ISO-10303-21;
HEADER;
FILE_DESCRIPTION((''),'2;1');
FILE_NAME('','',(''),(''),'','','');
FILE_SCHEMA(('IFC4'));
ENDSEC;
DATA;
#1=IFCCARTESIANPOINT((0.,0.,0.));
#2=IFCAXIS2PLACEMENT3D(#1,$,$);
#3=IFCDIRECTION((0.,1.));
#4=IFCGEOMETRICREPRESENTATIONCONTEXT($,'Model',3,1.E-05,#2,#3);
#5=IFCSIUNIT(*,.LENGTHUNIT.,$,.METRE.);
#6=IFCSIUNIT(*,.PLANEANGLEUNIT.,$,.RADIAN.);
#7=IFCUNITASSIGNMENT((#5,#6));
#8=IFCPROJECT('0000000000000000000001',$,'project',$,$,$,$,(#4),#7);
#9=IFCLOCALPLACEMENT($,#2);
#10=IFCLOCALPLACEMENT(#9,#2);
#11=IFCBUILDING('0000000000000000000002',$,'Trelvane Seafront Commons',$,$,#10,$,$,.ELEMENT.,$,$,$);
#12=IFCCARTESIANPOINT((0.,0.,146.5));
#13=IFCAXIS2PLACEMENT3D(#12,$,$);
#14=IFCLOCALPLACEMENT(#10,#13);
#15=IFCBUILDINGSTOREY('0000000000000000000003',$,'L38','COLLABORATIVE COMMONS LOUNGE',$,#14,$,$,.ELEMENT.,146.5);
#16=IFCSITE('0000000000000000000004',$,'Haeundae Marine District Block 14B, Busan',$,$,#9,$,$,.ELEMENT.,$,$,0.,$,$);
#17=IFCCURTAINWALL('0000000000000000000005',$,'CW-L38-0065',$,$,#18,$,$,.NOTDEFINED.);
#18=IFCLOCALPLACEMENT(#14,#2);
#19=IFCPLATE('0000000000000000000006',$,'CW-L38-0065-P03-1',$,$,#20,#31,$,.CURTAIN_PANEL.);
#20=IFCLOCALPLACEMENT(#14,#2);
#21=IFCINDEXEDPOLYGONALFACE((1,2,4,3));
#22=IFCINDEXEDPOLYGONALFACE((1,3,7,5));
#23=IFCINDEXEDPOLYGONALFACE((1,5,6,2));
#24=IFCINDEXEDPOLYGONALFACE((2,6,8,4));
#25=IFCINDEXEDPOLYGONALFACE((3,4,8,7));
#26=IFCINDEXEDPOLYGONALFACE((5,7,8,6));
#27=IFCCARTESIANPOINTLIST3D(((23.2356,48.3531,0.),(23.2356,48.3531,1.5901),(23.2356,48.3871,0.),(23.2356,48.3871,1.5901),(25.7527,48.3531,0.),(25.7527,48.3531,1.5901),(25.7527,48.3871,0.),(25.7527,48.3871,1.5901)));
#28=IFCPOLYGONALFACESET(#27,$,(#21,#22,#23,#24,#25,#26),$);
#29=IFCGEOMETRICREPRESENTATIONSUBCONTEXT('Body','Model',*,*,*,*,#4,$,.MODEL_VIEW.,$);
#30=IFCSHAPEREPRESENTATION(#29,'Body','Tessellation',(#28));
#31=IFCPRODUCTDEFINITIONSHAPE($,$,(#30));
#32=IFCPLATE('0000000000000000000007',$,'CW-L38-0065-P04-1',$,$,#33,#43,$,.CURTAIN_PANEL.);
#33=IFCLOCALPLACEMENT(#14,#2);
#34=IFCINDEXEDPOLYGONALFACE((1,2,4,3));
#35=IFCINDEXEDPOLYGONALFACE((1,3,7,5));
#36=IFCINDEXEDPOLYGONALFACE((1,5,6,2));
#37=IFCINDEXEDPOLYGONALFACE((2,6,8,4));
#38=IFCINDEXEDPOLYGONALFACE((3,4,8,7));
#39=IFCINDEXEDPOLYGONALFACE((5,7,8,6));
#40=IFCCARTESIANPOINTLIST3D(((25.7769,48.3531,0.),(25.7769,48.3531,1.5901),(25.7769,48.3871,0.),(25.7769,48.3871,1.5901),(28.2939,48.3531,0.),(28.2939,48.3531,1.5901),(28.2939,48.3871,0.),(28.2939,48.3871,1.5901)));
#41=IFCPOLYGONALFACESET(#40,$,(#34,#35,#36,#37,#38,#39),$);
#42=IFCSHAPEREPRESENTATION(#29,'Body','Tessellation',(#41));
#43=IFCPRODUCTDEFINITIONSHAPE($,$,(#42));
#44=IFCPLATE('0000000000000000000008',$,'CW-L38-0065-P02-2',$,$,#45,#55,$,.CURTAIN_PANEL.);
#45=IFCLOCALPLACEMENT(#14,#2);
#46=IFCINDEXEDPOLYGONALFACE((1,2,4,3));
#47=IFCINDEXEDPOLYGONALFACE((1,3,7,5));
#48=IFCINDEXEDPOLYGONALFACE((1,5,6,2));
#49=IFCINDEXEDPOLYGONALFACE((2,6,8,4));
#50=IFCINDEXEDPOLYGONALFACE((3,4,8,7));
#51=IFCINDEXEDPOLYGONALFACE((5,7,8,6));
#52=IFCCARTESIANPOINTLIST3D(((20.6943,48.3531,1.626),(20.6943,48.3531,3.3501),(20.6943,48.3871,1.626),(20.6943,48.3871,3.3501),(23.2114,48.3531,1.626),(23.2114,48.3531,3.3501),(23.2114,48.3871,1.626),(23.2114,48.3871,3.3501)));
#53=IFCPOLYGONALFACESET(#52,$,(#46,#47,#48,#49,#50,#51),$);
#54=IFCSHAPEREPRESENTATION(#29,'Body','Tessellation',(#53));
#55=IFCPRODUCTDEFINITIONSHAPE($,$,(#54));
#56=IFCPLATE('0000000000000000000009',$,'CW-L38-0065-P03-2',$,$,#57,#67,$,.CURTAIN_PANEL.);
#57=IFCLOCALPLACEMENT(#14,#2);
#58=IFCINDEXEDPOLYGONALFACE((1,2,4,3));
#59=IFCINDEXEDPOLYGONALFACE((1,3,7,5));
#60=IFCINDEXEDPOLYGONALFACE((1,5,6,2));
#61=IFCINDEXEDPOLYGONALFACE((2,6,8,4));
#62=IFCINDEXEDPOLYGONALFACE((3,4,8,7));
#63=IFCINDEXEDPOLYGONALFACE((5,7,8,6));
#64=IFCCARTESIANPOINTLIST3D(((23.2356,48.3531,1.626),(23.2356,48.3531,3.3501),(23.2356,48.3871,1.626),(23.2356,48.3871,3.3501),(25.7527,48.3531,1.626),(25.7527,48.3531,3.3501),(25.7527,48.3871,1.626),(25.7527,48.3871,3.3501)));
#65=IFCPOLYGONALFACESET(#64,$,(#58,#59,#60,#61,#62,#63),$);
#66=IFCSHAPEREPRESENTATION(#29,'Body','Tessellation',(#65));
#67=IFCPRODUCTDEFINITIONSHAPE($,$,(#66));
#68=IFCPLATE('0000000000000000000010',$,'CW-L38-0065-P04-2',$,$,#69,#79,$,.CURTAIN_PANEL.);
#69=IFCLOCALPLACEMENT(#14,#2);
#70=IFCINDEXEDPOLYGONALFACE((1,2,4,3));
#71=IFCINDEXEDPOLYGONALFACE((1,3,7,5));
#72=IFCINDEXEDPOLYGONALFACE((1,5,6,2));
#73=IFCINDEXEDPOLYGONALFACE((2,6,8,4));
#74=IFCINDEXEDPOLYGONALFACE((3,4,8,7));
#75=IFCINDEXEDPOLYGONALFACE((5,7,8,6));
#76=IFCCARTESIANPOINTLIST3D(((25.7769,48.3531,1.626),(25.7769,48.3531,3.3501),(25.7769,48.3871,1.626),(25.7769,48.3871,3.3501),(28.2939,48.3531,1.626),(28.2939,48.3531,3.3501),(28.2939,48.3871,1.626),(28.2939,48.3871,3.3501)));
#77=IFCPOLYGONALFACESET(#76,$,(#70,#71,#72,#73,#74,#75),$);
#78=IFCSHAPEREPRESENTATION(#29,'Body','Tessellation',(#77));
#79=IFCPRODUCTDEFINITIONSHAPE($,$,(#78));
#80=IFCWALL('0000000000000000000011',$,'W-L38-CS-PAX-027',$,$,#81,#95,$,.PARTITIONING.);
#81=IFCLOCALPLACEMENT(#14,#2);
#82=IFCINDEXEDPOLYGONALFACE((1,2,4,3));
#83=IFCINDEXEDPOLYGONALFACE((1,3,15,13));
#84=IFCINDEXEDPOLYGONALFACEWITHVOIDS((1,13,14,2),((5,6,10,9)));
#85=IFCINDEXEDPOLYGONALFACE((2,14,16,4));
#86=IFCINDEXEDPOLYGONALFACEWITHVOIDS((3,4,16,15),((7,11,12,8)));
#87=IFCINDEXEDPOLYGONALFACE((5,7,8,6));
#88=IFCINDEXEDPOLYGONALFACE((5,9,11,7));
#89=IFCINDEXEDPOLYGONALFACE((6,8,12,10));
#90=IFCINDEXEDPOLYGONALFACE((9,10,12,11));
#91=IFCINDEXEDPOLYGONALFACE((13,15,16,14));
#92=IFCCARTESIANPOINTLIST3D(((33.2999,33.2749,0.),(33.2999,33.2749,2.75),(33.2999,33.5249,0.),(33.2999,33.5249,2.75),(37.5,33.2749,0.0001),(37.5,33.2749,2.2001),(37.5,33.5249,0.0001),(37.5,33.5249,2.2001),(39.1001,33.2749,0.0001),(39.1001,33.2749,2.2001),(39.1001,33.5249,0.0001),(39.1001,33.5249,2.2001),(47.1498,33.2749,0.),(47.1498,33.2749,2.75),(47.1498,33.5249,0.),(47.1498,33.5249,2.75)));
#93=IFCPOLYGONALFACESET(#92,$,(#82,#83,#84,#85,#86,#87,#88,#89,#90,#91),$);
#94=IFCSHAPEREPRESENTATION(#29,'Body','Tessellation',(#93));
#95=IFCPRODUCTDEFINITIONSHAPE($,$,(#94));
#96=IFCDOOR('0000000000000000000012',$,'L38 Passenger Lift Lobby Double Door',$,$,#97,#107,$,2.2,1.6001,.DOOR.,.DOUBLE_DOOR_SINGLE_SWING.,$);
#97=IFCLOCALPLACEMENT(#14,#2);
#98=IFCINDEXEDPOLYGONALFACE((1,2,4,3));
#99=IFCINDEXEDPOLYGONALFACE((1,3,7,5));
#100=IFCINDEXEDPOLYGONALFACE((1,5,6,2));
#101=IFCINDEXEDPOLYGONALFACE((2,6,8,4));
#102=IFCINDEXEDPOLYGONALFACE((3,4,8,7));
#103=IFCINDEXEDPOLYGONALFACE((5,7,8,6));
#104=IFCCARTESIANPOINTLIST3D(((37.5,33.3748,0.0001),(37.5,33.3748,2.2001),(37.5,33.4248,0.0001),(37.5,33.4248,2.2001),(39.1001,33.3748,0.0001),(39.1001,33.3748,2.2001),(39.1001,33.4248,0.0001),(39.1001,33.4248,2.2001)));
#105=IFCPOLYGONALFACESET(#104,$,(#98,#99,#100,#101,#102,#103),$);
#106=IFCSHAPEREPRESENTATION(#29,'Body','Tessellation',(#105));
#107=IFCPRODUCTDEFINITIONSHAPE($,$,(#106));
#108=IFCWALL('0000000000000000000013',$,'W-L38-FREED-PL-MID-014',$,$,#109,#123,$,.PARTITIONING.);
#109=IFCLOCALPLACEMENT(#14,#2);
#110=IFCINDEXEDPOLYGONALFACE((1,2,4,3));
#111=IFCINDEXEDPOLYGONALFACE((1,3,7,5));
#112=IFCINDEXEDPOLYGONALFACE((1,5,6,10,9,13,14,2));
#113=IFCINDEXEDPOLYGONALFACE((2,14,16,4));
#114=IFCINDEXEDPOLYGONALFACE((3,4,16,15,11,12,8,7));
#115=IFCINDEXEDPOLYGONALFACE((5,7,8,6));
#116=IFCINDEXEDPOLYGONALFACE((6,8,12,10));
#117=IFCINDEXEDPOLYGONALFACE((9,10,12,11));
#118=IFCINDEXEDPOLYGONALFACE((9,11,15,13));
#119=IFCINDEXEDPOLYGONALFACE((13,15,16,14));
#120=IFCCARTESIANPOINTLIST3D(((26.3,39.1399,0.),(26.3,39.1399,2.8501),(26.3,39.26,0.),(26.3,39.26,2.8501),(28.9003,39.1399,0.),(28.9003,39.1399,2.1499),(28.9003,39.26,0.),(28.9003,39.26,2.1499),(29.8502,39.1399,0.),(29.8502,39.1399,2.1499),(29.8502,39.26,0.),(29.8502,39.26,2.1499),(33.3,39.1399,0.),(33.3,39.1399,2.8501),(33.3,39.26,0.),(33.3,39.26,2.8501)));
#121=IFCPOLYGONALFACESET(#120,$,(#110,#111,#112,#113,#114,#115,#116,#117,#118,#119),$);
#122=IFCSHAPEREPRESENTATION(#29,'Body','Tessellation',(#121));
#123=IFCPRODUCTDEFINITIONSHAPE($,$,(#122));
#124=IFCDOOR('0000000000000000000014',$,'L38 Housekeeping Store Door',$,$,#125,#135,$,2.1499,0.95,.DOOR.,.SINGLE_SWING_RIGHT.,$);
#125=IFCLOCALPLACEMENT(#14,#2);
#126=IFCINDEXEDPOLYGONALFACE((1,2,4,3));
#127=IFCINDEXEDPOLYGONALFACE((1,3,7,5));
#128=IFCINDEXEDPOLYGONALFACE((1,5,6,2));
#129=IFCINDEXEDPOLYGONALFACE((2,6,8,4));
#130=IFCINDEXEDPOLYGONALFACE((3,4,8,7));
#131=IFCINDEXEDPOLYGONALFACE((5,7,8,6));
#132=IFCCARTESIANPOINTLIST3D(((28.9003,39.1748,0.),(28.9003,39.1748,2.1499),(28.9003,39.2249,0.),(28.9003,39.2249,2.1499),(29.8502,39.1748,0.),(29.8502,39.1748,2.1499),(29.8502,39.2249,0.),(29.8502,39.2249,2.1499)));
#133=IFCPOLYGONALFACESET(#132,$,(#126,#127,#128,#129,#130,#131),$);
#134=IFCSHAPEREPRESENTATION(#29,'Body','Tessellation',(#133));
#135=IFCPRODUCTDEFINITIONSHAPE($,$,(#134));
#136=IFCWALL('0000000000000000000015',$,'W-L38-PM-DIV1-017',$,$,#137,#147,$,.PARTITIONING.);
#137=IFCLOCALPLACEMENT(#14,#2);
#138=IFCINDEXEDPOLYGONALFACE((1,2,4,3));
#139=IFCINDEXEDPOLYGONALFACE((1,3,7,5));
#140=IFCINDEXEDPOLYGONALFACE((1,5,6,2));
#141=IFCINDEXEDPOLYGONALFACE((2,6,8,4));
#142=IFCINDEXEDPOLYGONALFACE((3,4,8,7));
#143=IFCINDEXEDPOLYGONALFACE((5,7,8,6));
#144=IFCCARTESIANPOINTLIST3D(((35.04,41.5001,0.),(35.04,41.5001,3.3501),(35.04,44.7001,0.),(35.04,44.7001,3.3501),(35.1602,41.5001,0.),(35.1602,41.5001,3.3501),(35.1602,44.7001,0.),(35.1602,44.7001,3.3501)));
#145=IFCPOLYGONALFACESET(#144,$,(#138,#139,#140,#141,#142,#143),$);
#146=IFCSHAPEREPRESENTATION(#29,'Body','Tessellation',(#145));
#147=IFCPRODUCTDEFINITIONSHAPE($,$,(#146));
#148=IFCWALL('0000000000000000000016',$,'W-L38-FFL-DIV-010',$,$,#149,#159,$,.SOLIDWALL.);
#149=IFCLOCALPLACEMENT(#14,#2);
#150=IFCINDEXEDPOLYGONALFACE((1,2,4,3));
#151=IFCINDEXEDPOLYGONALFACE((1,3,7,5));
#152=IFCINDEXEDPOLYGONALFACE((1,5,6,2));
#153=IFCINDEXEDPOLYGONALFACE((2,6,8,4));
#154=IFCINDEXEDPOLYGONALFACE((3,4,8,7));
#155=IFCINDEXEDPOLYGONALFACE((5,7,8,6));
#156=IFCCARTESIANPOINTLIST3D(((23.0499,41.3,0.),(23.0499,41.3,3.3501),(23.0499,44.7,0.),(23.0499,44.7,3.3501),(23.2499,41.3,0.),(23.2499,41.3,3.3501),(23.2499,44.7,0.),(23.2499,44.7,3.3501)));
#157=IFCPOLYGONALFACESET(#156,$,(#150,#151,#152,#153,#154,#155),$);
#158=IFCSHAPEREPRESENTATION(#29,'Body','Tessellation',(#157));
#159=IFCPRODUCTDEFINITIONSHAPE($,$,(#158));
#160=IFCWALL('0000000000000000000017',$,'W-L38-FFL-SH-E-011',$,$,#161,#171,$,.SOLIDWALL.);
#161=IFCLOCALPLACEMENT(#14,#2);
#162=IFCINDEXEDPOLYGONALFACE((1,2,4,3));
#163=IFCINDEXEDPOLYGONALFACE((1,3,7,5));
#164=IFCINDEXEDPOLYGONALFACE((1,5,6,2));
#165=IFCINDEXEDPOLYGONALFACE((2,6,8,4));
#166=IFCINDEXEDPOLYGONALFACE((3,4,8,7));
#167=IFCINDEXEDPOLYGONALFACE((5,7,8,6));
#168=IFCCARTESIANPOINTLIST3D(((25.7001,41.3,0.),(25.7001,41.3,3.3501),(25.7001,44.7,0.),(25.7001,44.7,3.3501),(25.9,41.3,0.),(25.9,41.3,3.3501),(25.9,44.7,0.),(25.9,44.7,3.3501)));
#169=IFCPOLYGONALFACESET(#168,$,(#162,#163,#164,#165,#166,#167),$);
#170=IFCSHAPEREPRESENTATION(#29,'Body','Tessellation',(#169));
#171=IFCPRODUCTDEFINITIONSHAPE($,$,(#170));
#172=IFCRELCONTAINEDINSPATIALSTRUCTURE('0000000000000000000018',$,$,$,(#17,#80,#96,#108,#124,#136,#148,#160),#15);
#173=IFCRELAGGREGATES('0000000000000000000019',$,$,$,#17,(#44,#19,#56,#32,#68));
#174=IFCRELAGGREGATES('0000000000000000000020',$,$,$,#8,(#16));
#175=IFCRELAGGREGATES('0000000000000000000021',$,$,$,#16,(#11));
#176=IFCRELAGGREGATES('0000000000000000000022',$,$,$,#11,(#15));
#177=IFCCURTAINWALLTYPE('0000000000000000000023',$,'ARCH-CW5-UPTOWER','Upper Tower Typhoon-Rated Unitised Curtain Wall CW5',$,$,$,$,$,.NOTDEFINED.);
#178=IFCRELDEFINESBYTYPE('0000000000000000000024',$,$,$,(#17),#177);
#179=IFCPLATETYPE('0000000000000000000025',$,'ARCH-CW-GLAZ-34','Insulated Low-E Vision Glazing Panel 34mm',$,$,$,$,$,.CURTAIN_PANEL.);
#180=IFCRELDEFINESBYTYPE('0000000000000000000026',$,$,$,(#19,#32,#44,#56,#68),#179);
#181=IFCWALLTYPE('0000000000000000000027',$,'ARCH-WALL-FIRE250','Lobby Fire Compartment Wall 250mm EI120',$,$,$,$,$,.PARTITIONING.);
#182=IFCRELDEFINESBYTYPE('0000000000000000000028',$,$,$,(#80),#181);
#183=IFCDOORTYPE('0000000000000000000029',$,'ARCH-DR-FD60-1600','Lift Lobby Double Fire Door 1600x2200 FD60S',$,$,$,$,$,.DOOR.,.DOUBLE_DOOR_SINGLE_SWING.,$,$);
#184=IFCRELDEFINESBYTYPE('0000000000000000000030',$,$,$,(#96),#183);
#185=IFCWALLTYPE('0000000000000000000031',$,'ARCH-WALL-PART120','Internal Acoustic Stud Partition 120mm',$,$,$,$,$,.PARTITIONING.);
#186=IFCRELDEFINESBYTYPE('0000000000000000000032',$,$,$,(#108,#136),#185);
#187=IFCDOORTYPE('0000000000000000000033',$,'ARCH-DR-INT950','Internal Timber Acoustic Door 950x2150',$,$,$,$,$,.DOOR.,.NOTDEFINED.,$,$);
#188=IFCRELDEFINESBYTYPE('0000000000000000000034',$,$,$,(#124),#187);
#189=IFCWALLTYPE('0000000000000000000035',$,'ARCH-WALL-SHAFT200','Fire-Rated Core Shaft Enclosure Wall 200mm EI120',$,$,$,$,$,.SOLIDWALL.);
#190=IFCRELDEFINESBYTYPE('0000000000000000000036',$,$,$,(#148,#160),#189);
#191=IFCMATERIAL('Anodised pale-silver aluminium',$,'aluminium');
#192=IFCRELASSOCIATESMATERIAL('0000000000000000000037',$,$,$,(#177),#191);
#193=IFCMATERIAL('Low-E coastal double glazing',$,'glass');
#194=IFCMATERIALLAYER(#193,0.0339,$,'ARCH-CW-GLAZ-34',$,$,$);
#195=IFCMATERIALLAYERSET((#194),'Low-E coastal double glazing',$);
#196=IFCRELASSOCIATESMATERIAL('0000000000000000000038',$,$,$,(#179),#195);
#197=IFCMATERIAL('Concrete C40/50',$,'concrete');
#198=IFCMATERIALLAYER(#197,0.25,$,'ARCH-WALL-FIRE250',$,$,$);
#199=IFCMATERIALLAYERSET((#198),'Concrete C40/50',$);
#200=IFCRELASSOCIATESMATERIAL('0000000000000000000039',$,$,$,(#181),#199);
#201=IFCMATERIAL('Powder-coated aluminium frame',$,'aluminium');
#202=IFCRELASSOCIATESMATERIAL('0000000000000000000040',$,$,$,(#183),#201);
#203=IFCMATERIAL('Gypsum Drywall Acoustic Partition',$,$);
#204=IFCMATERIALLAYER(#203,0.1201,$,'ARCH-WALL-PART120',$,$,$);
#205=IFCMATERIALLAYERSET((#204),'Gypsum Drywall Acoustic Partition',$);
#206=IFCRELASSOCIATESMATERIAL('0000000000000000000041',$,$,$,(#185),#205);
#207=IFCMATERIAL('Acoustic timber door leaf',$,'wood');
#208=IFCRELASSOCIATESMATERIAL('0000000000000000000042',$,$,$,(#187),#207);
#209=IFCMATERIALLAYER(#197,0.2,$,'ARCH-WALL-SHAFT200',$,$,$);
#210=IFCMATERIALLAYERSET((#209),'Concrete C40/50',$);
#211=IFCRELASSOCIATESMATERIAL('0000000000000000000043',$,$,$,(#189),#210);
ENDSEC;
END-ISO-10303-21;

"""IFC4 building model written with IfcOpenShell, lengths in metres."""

from ifc_helpers import new_model, si_unit, direction, frame, frame_2d, origin, origin_2d, place, context, subcontext, project, spatial, rectangle, extrude, source, transform, mapped, material, layer, layer_set, type_object, element, fill, aggregate, save


model = new_model("IFC4")

# Units and contexts
model_context = context("Model", 3, precision=1e-05, world=origin(), true_north=direction((0.0, 1.0)))
body_context = subcontext(model_context, "Body", "Model", "MODEL_VIEW")
ifc_project = project(units=[si_unit("LENGTHUNIT", "METRE"), si_unit("PLANEANGLEUNIT", "RADIAN")], contexts=[model_context])

# Site, building, storey
site_placement = place(None, origin())
site = spatial("IfcSite", under=ifc_project, at=site_placement, Name="Haeundae Marine District Block 14B, Busan", CompositionType="ELEMENT", RefElevation=0.0)
building_placement = place(site_placement, origin())
building = spatial("IfcBuilding", under=site, at=building_placement, Name="Trelvane Seafront Commons", CompositionType="ELEMENT")
storey_placement = place(building_placement, frame((0.0, 0.0, 146.5)))
storey = spatial("IfcBuildingStorey", under=building, at=storey_placement, Name="L38", Description="COLLABORATIVE COMMONS LOUNGE", CompositionType="ELEMENT", Elevation=146.5)

# Curtain wall, plates
ifc_material_1 = material(Name="Anodised pale-silver aluminium", Category="aluminium")
curtain_wall_type = type_object("IfcCurtainWallType", Name="ARCH-CW5-UPTOWER", Description="Upper Tower Typhoon-Rated Unitised Curtain Wall CW5", PredefinedType="NOTDEFINED", material=ifc_material_1)
curtain_wall_placement = place(storey_placement, origin())
curtain_wall = element("IfcCurtainWall", 1, at=curtain_wall_placement, inside=storey, type_object=curtain_wall_type, Name="CW-L38-0065", PredefinedType="NOTDEFINED")
ifc_material_2 = material(Name="Low-E coastal double glazing", Category="glass")
ifc_layer_1 = layer(ifc_material_2, 0.0339, Name="ARCH-CW-GLAZ-34")
ifc_layer_set_1 = layer_set([ifc_layer_1], Name="Low-E coastal double glazing")
plate_type = type_object("IfcPlateType", Name="ARCH-CW-GLAZ-34", Description="Insulated Low-E Vision Glazing Panel 34mm", PredefinedType="CURTAIN_PANEL", material=ifc_layer_set_1)
shared_shape_1 = source(origin(), body_context, "Body", "SweptSolid", [
    extrude(rectangle(XDim=2.5171, YDim=0.0339, at=origin_2d()), origin(), (0.0, 0.0, 1.0), 1.5901),
])
plate_1_placement = place(storey_placement, frame((24.4941, 48.3701, 0.0), z_axis=(0.0, 0.0, 1.0), x_axis=(1.0, 0.0, 0.0)))
plate_1 = element("IfcPlate", 2, at=plate_1_placement, type_object=plate_type, Name="CW-L38-0065-P03-1", PredefinedType="CURTAIN_PANEL", context=body_context, shape_type="MappedRepresentation", body=[
    mapped(shared_shape_1, transform((0.0, 0.0, 0.0), x_axis=(1.0, 0.0, 0.0), y_axis=(0.0, 1.0, 0.0), z_axis=(0.0, 0.0, 1.0), scale=1.0)),
])
plate_2_placement = place(storey_placement, frame((27.0354, 48.3701, 0.0), z_axis=(0.0, 0.0, 1.0), x_axis=(1.0, 0.0, 0.0)))
plate_2 = element("IfcPlate", 3, at=plate_2_placement, type_object=plate_type, Name="CW-L38-0065-P04-1", PredefinedType="CURTAIN_PANEL", context=body_context, shape_type="MappedRepresentation", body=[
    mapped(shared_shape_1, transform((0.0, 0.0, 0.0), x_axis=(1.0, 0.0, 0.0), y_axis=(0.0, 1.0, 0.0), z_axis=(0.0, 0.0, 1.0), scale=1.0)),
])
shared_shape_2 = source(origin(), body_context, "Body", "SweptSolid", [
    extrude(rectangle(XDim=2.5171, YDim=0.0339, at=origin_2d()), origin(), (0.0, 0.0, 1.0), 1.7241),
])
plate_3_placement = place(storey_placement, frame((21.9529, 48.3701, 1.626), z_axis=(0.0, 0.0, 1.0), x_axis=(1.0, 0.0, 0.0)))
plate_3 = element("IfcPlate", 4, at=plate_3_placement, type_object=plate_type, Name="CW-L38-0065-P02-2", PredefinedType="CURTAIN_PANEL", context=body_context, shape_type="MappedRepresentation", body=[
    mapped(shared_shape_2, transform((0.0, 0.0, 0.0), x_axis=(1.0, 0.0, 0.0), y_axis=(0.0, 1.0, 0.0), z_axis=(0.0, 0.0, 1.0), scale=1.0)),
])
plate_4_placement = place(storey_placement, frame((24.4941, 48.3701, 1.626), z_axis=(0.0, 0.0, 1.0), x_axis=(1.0, 0.0, 0.0)))
plate_4 = element("IfcPlate", 5, at=plate_4_placement, type_object=plate_type, Name="CW-L38-0065-P03-2", PredefinedType="CURTAIN_PANEL", context=body_context, shape_type="MappedRepresentation", body=[
    mapped(shared_shape_2, transform((0.0, 0.0, 0.0), x_axis=(1.0, 0.0, 0.0), y_axis=(0.0, 1.0, 0.0), z_axis=(0.0, 0.0, 1.0), scale=1.0)),
])
plate_5_placement = place(storey_placement, frame((27.0354, 48.3701, 1.626), z_axis=(0.0, 0.0, 1.0), x_axis=(1.0, 0.0, 0.0)))
plate_5 = element("IfcPlate", 6, at=plate_5_placement, type_object=plate_type, Name="CW-L38-0065-P04-2", PredefinedType="CURTAIN_PANEL", context=body_context, shape_type="MappedRepresentation", body=[
    mapped(shared_shape_2, transform((0.0, 0.0, 0.0), x_axis=(1.0, 0.0, 0.0), y_axis=(0.0, 1.0, 0.0), z_axis=(0.0, 0.0, 1.0), scale=1.0)),
])
aggregate(curtain_wall, [plate_3, plate_1, plate_4, plate_2, plate_5])

# Walls, openings, doors
ifc_material_3 = material(Name="Concrete C40/50", Category="concrete")
ifc_layer_2 = layer(ifc_material_3, 0.25, Name="ARCH-WALL-FIRE250")
ifc_layer_set_2 = layer_set([ifc_layer_2], Name="Concrete C40/50")
wall_type_1 = type_object("IfcWallType", Name="ARCH-WALL-FIRE250", Description="Lobby Fire Compartment Wall 250mm EI120", PredefinedType="PARTITIONING", material=ifc_layer_set_2)
wall_1_placement = place(storey_placement, frame((33.3, 33.3999, 0.0), z_axis=(0.0, 0.0, 1.0), x_axis=(1.0, 0.0, 0.0)))
wall_1 = element("IfcWall", 7, at=wall_1_placement, inside=storey, type_object=wall_type_1, Name="W-L38-CS-PAX-027", PredefinedType="PARTITIONING", context=body_context, shape_type="SweptSolid", body=[
    extrude(rectangle(XDim=13.8499, YDim=0.25, at=frame_2d((6.9248, 0.0))), origin(), (0.0, 0.0, 1.0), 2.75),
])
opening_1_placement = place(wall_1_placement, frame((4.2, 0.0, 0.0)))
opening_1 = element("IfcOpeningElement", 8, at=opening_1_placement, cuts=wall_1, PredefinedType="OPENING", context=body_context, shape_type="SweptSolid", body=[
    extrude(rectangle(XDim=1.6001, YDim=2.2, at=frame_2d((0.8, 1.1001))), frame((0.0, 0.135, 0.0), z_axis=(0.0, -1.0, 0.0), x_axis=(1.0, 0.0, 0.0)), (0.0, 0.0, 1.0), 0.27),
])
ifc_material_4 = material(Name="Powder-coated aluminium frame", Category="aluminium")
door_type_1 = type_object("IfcDoorType", Name="ARCH-DR-FD60-1600", Description="Lift Lobby Double Fire Door 1600x2200 FD60S", OperationType="DOUBLE_DOOR_SINGLE_SWING", PredefinedType="DOOR", material=ifc_material_4)
shared_shape_3 = source(origin(), body_context, "Body", "SweptSolid", [
    extrude(rectangle(XDim=1.6001, YDim=2.2, at=frame_2d((0.8, 1.1001))), frame((0.0, 0.0249, 0.0), z_axis=(0.0, -1.0, 0.0), x_axis=(1.0, 0.0, 0.0)), (0.0, 0.0, 1.0), 0.05),
])
door_1_placement = place(opening_1_placement, origin())
door_1 = element("IfcDoor", 9, at=door_1_placement, inside=storey, type_object=door_type_1, Name="L38 Passenger Lift Lobby Double Door", OperationType="DOUBLE_DOOR_SINGLE_SWING", OverallHeight=2.2, OverallWidth=1.6001, PredefinedType="DOOR", context=body_context, shape_type="MappedRepresentation", body=[
    mapped(shared_shape_3, transform((0.0, 0.0, 0.0), x_axis=(1.0, 0.0, 0.0), y_axis=(0.0, 1.0, 0.0), z_axis=(0.0, 0.0, 1.0), scale=1.0)),
])
fill(opening_1, door_1)
ifc_material_5 = material(Name="Gypsum Drywall Acoustic Partition")
ifc_layer_3 = layer(ifc_material_5, 0.1201, Name="ARCH-WALL-PART120")
ifc_layer_set_3 = layer_set([ifc_layer_3], Name="Gypsum Drywall Acoustic Partition")
wall_type_2 = type_object("IfcWallType", Name="ARCH-WALL-PART120", Description="Internal Acoustic Stud Partition 120mm", PredefinedType="PARTITIONING", material=ifc_layer_set_3)
wall_2_placement = place(storey_placement, frame((26.3, 39.2, 0.0), z_axis=(0.0, 0.0, 1.0), x_axis=(1.0, 0.0, 0.0)))
wall_2 = element("IfcWall", 10, at=wall_2_placement, inside=storey, type_object=wall_type_2, Name="W-L38-FREED-PL-MID-014", PredefinedType="PARTITIONING", context=body_context, shape_type="SweptSolid", body=[
    extrude(rectangle(XDim=7.0, YDim=0.1201, at=frame_2d((3.5, 0.0))), origin(), (0.0, 0.0, 1.0), 2.8501),
])
opening_2_placement = place(wall_2_placement, frame((2.6001, 0.0, 0.0)))
opening_2 = element("IfcOpeningElement", 11, at=opening_2_placement, cuts=wall_2, PredefinedType="OPENING", context=body_context, shape_type="SweptSolid", body=[
    extrude(rectangle(XDim=0.95, YDim=2.1499, at=frame_2d((0.4751, 1.075))), frame((0.0, 0.0701, 0.0), z_axis=(0.0, -1.0, 0.0), x_axis=(1.0, 0.0, 0.0)), (0.0, 0.0, 1.0), 0.1401),
])
ifc_material_6 = material(Name="Acoustic timber door leaf", Category="wood")
door_type_2 = type_object("IfcDoorType", Name="ARCH-DR-INT950", Description="Internal Timber Acoustic Door 950x2150", OperationType="NOTDEFINED", PredefinedType="DOOR", material=ifc_material_6)
shared_shape_4 = source(origin(), body_context, "Body", "SweptSolid", [
    extrude(rectangle(XDim=0.95, YDim=2.1499, at=frame_2d((0.4751, 1.075))), frame((0.0, 0.0249, 0.0), z_axis=(0.0, -1.0, 0.0), x_axis=(1.0, 0.0, 0.0)), (0.0, 0.0, 1.0), 0.05),
])
door_2_placement = place(opening_2_placement, origin())
door_2 = element("IfcDoor", 12, at=door_2_placement, inside=storey, type_object=door_type_2, Name="L38 Housekeeping Store Door", OperationType="SINGLE_SWING_RIGHT", OverallHeight=2.1499, OverallWidth=0.95, PredefinedType="DOOR", context=body_context, shape_type="MappedRepresentation", body=[
    mapped(shared_shape_4, transform((0.0, 0.0, 0.0), x_axis=(1.0, 0.0, 0.0), y_axis=(0.0, 1.0, 0.0), z_axis=(0.0, 0.0, 1.0), scale=1.0)),
])
fill(opening_2, door_2)

# Walls
wall_3_placement = place(storey_placement, frame((35.1001, 41.5, 0.0), z_axis=(0.0, 0.0, 1.0), x_axis=(0.0, 1.0, 0.0)))
element("IfcWall", 13, at=wall_3_placement, inside=storey, type_object=wall_type_2, Name="W-L38-PM-DIV1-017", PredefinedType="PARTITIONING", context=body_context, shape_type="SweptSolid", body=[
    extrude(rectangle(XDim=3.2, YDim=0.1201, at=frame_2d((1.6001, 0.0))), origin(), (0.0, 0.0, 1.0), 3.3501),
])
ifc_layer_4 = layer(ifc_material_3, 0.2, Name="ARCH-WALL-SHAFT200")
ifc_layer_set_4 = layer_set([ifc_layer_4], Name="Concrete C40/50")
wall_type_3 = type_object("IfcWallType", Name="ARCH-WALL-SHAFT200", Description="Fire-Rated Core Shaft Enclosure Wall 200mm EI120", PredefinedType="SOLIDWALL", material=ifc_layer_set_4)
for number, where, z_axis, x_axis, name in (
    (14, (23.1499, 41.3, 0.0), (0.0, 0.0, 1.0), (0.0, 1.0, 0.0), "W-L38-FFL-DIV-010"),
    (15, (25.8, 41.3, 0.0), (0.0, 0.0, 1.0), (0.0, 1.0, 0.0), "W-L38-FFL-SH-E-011"),
):
    element("IfcWall", number, at=place(storey_placement, frame(where, z_axis=z_axis, x_axis=x_axis)), inside=storey, type_object=wall_type_3, Name=name, PredefinedType="SOLIDWALL", context=body_context, shape_type="SweptSolid", body=[
        extrude(rectangle(XDim=3.3999, YDim=0.2, at=frame_2d((1.7, 0.0))), origin(), (0.0, 0.0, 1.0), 3.3501),
    ])

save(model, "model.ifc")
